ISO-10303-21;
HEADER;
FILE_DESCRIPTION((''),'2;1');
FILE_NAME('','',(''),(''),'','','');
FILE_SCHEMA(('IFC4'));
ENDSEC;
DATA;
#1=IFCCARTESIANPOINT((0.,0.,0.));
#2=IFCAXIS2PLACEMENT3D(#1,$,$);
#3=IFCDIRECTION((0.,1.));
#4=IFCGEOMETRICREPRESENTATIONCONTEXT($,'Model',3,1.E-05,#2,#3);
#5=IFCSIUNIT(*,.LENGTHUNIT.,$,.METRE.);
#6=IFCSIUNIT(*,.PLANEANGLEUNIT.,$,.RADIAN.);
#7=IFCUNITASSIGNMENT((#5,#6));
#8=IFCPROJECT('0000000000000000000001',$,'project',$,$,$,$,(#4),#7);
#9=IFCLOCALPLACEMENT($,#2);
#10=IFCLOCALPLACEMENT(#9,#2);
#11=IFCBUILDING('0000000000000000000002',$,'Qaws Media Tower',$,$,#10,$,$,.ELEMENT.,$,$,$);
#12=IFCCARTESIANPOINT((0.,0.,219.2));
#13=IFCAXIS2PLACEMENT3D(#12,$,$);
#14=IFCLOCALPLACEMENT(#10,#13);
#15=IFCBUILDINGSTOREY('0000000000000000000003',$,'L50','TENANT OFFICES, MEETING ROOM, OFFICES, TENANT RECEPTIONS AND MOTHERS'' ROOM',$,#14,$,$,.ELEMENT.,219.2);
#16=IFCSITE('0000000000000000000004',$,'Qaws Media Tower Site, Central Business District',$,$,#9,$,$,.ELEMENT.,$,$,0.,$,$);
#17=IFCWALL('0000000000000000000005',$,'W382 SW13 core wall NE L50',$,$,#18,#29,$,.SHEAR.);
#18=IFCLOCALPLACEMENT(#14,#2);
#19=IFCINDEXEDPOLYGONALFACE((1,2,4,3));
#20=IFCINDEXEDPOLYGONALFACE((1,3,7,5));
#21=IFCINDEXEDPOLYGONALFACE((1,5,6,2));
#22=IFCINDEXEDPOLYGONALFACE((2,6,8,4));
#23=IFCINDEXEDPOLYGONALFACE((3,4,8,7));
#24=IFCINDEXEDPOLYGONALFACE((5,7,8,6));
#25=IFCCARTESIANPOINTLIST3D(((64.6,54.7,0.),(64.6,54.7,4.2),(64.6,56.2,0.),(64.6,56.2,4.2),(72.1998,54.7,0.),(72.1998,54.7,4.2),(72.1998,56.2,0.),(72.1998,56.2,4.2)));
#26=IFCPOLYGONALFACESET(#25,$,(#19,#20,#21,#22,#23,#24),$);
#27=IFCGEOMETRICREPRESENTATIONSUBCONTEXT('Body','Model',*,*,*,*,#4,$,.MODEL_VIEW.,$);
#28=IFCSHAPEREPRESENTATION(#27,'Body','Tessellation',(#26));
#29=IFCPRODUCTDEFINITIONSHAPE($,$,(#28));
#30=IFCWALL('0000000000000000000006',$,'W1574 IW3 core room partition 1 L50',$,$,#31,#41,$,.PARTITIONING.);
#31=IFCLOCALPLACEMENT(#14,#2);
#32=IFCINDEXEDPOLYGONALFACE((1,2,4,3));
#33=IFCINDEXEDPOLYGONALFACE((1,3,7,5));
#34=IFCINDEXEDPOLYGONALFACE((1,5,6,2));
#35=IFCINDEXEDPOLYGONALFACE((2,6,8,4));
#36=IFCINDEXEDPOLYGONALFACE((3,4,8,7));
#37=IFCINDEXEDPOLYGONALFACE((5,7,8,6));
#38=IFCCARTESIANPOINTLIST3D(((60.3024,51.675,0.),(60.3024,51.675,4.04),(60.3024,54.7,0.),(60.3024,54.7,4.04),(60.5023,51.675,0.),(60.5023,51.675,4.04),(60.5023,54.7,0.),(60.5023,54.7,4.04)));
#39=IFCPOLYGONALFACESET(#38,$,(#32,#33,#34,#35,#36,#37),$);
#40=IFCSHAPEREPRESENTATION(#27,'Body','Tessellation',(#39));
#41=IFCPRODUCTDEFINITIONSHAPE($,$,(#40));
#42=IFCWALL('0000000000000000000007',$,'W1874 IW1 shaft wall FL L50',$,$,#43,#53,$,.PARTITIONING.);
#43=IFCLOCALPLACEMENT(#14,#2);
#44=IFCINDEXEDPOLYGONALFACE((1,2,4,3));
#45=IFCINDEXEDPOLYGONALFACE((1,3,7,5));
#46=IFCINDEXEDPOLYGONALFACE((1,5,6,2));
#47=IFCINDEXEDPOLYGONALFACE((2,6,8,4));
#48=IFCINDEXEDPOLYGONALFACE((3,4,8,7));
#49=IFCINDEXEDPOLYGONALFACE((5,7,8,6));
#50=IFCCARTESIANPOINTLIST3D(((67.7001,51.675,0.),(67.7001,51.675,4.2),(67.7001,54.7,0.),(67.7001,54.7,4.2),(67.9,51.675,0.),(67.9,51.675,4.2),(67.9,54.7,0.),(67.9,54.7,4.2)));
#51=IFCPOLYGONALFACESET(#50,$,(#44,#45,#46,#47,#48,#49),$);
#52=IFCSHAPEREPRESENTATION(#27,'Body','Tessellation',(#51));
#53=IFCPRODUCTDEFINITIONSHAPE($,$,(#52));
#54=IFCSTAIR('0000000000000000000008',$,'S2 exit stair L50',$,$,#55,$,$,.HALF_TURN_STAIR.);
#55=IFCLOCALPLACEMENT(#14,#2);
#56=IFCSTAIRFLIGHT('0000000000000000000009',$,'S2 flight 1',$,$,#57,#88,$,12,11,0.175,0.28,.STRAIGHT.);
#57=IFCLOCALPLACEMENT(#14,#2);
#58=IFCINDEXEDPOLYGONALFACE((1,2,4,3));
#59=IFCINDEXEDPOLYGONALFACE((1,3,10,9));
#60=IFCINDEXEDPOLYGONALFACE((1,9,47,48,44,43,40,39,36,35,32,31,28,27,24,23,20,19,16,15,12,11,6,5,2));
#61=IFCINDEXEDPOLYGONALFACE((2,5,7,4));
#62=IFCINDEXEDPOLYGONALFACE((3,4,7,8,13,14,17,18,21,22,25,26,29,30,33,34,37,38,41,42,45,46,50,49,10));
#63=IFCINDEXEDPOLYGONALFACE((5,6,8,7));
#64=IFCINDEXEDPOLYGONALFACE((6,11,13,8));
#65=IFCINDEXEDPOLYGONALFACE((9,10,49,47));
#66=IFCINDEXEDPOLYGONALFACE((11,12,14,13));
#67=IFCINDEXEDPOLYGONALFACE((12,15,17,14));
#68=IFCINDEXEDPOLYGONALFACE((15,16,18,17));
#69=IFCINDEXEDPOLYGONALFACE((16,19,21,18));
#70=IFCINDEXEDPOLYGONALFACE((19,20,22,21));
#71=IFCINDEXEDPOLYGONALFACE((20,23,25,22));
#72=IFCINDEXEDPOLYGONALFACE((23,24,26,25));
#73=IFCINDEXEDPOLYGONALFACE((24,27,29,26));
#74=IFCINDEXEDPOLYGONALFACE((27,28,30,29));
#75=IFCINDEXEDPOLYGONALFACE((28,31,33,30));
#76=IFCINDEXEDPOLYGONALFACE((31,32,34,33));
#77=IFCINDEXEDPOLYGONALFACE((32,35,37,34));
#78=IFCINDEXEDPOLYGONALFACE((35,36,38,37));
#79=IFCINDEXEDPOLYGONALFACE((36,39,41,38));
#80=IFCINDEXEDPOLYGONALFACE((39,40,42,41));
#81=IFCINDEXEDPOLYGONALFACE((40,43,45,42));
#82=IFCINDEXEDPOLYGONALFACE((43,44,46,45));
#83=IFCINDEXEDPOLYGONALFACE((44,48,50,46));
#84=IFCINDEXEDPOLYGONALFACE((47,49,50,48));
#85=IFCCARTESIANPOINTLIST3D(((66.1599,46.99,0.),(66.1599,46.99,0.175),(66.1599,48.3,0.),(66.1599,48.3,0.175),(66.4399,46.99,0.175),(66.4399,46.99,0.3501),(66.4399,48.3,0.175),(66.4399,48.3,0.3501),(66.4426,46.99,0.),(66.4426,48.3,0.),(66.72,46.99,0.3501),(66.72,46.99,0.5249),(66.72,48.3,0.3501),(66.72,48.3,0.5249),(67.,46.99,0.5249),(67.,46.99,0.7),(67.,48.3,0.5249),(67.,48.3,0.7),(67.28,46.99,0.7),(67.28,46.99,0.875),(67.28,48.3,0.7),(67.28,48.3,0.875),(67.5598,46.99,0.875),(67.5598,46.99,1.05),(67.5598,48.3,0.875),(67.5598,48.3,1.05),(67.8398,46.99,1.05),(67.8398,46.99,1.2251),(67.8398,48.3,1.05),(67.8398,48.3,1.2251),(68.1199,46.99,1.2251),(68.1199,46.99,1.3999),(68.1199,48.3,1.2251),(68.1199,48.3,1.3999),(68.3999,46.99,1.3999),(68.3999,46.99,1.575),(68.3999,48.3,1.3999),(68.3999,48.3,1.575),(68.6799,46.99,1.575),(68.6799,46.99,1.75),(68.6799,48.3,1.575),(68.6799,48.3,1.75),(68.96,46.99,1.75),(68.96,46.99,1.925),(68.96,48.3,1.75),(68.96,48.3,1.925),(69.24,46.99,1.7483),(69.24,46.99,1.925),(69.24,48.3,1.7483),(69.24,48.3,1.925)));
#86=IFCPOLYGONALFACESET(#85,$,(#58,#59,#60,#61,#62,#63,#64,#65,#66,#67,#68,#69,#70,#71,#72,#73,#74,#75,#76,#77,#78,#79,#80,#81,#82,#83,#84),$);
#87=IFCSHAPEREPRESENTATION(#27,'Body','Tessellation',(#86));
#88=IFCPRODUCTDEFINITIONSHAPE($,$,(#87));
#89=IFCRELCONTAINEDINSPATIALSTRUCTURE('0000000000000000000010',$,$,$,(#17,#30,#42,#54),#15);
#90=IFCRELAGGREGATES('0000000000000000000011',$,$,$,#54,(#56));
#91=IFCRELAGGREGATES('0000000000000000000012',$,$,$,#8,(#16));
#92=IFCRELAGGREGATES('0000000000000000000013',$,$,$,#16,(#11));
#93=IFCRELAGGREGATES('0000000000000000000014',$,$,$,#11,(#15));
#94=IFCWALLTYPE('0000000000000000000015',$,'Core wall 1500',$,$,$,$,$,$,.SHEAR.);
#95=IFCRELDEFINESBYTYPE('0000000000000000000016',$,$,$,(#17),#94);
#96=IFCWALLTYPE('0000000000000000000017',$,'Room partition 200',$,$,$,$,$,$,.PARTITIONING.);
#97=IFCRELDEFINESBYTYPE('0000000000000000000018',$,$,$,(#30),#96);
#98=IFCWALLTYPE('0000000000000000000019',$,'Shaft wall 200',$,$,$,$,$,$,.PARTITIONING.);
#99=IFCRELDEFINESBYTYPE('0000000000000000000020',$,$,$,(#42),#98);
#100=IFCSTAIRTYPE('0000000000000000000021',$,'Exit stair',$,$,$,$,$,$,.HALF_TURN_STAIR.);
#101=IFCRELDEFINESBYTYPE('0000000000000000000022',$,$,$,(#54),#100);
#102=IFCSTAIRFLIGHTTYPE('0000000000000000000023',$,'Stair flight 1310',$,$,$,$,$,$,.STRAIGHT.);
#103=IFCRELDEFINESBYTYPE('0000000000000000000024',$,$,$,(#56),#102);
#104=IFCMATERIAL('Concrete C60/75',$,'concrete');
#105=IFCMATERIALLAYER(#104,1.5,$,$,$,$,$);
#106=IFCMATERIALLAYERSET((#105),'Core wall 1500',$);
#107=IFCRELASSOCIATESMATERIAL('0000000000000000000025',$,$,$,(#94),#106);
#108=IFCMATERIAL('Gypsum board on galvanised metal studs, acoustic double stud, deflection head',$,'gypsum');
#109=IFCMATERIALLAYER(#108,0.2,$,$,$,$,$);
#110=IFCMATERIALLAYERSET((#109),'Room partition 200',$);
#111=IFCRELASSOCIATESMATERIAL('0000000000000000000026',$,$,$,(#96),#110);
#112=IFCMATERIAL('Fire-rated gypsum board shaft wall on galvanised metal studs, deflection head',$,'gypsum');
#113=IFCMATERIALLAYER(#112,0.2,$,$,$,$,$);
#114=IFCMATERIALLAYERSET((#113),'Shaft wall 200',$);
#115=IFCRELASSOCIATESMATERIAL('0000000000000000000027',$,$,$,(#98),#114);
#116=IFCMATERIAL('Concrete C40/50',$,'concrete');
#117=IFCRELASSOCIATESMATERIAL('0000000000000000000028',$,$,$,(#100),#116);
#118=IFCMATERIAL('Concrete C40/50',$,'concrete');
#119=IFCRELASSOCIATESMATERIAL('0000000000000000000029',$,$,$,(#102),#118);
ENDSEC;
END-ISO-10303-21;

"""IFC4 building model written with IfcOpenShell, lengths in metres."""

from ifc_helpers import new_model, si_unit, direction, frame, frame_2d, origin, place, context, subcontext, project, spatial, polyline, rectangle, outline, extrude, material, layer, layer_set, type_object, element, aggregate, save


model = new_model("IFC4")

# Units and contexts
model_context = context("Model", 3, precision=1e-05, world=origin(), true_north=direction((0.0, 1.0)))
body_context = subcontext(model_context, "Body", "Model", "MODEL_VIEW")
ifc_project = project(units=[si_unit("LENGTHUNIT", "METRE"), si_unit("PLANEANGLEUNIT", "RADIAN")], contexts=[model_context])

# Site, building, storey
site_placement = place(None, origin())
site = spatial("IfcSite", under=ifc_project, at=site_placement, Name="Qaws Media Tower Site, Central Business District", CompositionType="ELEMENT", RefElevation=0.0)
building_placement = place(site_placement, origin())
building = spatial("IfcBuilding", under=site, at=building_placement, Name="Qaws Media Tower", CompositionType="ELEMENT")
storey_placement = place(building_placement, frame((0.0, 0.0, 219.2)))
storey = spatial("IfcBuildingStorey", under=building, at=storey_placement, Name="L50", Description="TENANT OFFICES, MEETING ROOM, OFFICES, TENANT RECEPTIONS AND MOTHERS' ROOM", CompositionType="ELEMENT", Elevation=219.2)

# Walls
ifc_material_1 = material(Name="Concrete C60/75", Category="concrete")
ifc_layer_1 = layer(ifc_material_1, 1.5)
ifc_layer_set_1 = layer_set([ifc_layer_1], Name="Core wall 1500")
wall_type_1 = type_object("IfcWallType", Name="Core wall 1500", PredefinedType="SHEAR", material=ifc_layer_set_1)
wall_1_placement = place(storey_placement, frame((64.6001, 55.45, 0.0), z_axis=(0.0, 0.0, 1.0), x_axis=(1.0, 0.0, 0.0)))
element("IfcWall", 1, at=wall_1_placement, inside=storey, type_object=wall_type_1, Name="W382 SW13 core wall NE L50", PredefinedType="SHEAR", context=body_context, shape_type="SweptSolid", body=[
    extrude(rectangle(XDim=7.5999, YDim=1.5, at=frame_2d((3.7998, 0.0))), origin(), (0.0, 0.0, 1.0), 4.2),
])
ifc_material_2 = material(Name="Gypsum board on galvanised metal studs, acoustic double stud, deflection head", Category="gypsum")
ifc_layer_2 = layer(ifc_material_2, 0.2)
ifc_layer_set_2 = layer_set([ifc_layer_2], Name="Room partition 200")
wall_type_2 = type_object("IfcWallType", Name="Room partition 200", PredefinedType="PARTITIONING", material=ifc_layer_set_2)
wall_2_placement = place(storey_placement, frame((60.4023, 51.675, 0.0), z_axis=(0.0, 0.0, 1.0), x_axis=(0.0, 1.0, 0.0)))
element("IfcWall", 2, at=wall_2_placement, inside=storey, type_object=wall_type_2, Name="W1574 IW3 core room partition 1 L50", PredefinedType="PARTITIONING", context=body_context, shape_type="SweptSolid", body=[
    extrude(rectangle(XDim=3.0249, YDim=0.2, at=frame_2d((1.5125, 0.0))), origin(), (0.0, 0.0, 1.0), 4.04),
])
ifc_material_3 = material(Name="Fire-rated gypsum board shaft wall on galvanised metal studs, deflection head", Category="gypsum")
ifc_layer_3 = layer(ifc_material_3, 0.2)
ifc_layer_set_3 = layer_set([ifc_layer_3], Name="Shaft wall 200")
wall_type_3 = type_object("IfcWallType", Name="Shaft wall 200", PredefinedType="PARTITIONING", material=ifc_layer_set_3)
wall_3_placement = place(storey_placement, frame((67.8, 51.675, 0.0), z_axis=(0.0, 0.0, 1.0), x_axis=(0.0, 1.0, 0.0)))
element("IfcWall", 3, at=wall_3_placement, inside=storey, type_object=wall_type_3, Name="W1874 IW1 shaft wall FL L50", PredefinedType="PARTITIONING", context=body_context, shape_type="SweptSolid", body=[
    extrude(rectangle(XDim=3.0249, YDim=0.2, at=frame_2d((1.5125, 0.0))), origin(), (0.0, 0.0, 1.0), 4.2),
])

# Stair, stair flight
ifc_material_4 = material(Name="Concrete C40/50", Category="concrete")
stair_type = type_object("IfcStairType", Name="Exit stair", PredefinedType="HALF_TURN_STAIR", material=ifc_material_4)
stair_placement = place(storey_placement, origin())
stair = element("IfcStair", 4, at=stair_placement, inside=storey, type_object=stair_type, Name="S2 exit stair L50", PredefinedType="HALF_TURN_STAIR")
ifc_material_5 = material(Name="Concrete C40/50", Category="concrete")
stair_flight_type = type_object("IfcStairFlightType", Name="Stair flight 1310", PredefinedType="STRAIGHT", material=ifc_material_5)
stair_flight_placement = place(storey_placement, frame((66.1599, 47.645, 0.0), z_axis=(0.0, 0.0, 1.0), x_axis=(1.0, 0.0, 0.0)))
stair_flight = element("IfcStairFlight", 5, at=stair_flight_placement, type_object=stair_flight_type, Name="S2 flight 1", NumberOfRisers=12, NumberOfTreads=11, PredefinedType="STRAIGHT", RiserHeight=0.175, TreadLength=0.28, context=body_context, shape_type="SweptSolid", body=[
    extrude(outline(polyline([(0.0, 0.0), (0.0, 0.175), (0.28, 0.175), (0.28, 0.3501), (0.5601, 0.3501), (0.5601, 0.5249), (0.8401, 0.5249), (0.8401, 0.7), (1.1201, 0.7), (1.1201, 0.875), (1.3999, 0.875), (1.3999, 1.05), (1.6799, 1.05), (1.6799, 1.2251), (1.96, 1.2251), (1.96, 1.3999), (2.24, 1.3999), (2.24, 1.575), (2.52, 1.575), (2.52, 1.75), (2.8, 1.75), (2.8, 1.925), (3.0801, 1.925), (3.0801, 2.1001), (3.0801, 1.7483), (0.2827, 0.0), (0.0, 0.0)])), frame((0.0, 0.655, 0.0), z_axis=(0.0, -1.0, 0.0), x_axis=(1.0, 0.0, 0.0)), (0.0, 0.0, 1.0), 1.3101),
])
aggregate(stair, [stair_flight])

save(model, "model.ifc")
